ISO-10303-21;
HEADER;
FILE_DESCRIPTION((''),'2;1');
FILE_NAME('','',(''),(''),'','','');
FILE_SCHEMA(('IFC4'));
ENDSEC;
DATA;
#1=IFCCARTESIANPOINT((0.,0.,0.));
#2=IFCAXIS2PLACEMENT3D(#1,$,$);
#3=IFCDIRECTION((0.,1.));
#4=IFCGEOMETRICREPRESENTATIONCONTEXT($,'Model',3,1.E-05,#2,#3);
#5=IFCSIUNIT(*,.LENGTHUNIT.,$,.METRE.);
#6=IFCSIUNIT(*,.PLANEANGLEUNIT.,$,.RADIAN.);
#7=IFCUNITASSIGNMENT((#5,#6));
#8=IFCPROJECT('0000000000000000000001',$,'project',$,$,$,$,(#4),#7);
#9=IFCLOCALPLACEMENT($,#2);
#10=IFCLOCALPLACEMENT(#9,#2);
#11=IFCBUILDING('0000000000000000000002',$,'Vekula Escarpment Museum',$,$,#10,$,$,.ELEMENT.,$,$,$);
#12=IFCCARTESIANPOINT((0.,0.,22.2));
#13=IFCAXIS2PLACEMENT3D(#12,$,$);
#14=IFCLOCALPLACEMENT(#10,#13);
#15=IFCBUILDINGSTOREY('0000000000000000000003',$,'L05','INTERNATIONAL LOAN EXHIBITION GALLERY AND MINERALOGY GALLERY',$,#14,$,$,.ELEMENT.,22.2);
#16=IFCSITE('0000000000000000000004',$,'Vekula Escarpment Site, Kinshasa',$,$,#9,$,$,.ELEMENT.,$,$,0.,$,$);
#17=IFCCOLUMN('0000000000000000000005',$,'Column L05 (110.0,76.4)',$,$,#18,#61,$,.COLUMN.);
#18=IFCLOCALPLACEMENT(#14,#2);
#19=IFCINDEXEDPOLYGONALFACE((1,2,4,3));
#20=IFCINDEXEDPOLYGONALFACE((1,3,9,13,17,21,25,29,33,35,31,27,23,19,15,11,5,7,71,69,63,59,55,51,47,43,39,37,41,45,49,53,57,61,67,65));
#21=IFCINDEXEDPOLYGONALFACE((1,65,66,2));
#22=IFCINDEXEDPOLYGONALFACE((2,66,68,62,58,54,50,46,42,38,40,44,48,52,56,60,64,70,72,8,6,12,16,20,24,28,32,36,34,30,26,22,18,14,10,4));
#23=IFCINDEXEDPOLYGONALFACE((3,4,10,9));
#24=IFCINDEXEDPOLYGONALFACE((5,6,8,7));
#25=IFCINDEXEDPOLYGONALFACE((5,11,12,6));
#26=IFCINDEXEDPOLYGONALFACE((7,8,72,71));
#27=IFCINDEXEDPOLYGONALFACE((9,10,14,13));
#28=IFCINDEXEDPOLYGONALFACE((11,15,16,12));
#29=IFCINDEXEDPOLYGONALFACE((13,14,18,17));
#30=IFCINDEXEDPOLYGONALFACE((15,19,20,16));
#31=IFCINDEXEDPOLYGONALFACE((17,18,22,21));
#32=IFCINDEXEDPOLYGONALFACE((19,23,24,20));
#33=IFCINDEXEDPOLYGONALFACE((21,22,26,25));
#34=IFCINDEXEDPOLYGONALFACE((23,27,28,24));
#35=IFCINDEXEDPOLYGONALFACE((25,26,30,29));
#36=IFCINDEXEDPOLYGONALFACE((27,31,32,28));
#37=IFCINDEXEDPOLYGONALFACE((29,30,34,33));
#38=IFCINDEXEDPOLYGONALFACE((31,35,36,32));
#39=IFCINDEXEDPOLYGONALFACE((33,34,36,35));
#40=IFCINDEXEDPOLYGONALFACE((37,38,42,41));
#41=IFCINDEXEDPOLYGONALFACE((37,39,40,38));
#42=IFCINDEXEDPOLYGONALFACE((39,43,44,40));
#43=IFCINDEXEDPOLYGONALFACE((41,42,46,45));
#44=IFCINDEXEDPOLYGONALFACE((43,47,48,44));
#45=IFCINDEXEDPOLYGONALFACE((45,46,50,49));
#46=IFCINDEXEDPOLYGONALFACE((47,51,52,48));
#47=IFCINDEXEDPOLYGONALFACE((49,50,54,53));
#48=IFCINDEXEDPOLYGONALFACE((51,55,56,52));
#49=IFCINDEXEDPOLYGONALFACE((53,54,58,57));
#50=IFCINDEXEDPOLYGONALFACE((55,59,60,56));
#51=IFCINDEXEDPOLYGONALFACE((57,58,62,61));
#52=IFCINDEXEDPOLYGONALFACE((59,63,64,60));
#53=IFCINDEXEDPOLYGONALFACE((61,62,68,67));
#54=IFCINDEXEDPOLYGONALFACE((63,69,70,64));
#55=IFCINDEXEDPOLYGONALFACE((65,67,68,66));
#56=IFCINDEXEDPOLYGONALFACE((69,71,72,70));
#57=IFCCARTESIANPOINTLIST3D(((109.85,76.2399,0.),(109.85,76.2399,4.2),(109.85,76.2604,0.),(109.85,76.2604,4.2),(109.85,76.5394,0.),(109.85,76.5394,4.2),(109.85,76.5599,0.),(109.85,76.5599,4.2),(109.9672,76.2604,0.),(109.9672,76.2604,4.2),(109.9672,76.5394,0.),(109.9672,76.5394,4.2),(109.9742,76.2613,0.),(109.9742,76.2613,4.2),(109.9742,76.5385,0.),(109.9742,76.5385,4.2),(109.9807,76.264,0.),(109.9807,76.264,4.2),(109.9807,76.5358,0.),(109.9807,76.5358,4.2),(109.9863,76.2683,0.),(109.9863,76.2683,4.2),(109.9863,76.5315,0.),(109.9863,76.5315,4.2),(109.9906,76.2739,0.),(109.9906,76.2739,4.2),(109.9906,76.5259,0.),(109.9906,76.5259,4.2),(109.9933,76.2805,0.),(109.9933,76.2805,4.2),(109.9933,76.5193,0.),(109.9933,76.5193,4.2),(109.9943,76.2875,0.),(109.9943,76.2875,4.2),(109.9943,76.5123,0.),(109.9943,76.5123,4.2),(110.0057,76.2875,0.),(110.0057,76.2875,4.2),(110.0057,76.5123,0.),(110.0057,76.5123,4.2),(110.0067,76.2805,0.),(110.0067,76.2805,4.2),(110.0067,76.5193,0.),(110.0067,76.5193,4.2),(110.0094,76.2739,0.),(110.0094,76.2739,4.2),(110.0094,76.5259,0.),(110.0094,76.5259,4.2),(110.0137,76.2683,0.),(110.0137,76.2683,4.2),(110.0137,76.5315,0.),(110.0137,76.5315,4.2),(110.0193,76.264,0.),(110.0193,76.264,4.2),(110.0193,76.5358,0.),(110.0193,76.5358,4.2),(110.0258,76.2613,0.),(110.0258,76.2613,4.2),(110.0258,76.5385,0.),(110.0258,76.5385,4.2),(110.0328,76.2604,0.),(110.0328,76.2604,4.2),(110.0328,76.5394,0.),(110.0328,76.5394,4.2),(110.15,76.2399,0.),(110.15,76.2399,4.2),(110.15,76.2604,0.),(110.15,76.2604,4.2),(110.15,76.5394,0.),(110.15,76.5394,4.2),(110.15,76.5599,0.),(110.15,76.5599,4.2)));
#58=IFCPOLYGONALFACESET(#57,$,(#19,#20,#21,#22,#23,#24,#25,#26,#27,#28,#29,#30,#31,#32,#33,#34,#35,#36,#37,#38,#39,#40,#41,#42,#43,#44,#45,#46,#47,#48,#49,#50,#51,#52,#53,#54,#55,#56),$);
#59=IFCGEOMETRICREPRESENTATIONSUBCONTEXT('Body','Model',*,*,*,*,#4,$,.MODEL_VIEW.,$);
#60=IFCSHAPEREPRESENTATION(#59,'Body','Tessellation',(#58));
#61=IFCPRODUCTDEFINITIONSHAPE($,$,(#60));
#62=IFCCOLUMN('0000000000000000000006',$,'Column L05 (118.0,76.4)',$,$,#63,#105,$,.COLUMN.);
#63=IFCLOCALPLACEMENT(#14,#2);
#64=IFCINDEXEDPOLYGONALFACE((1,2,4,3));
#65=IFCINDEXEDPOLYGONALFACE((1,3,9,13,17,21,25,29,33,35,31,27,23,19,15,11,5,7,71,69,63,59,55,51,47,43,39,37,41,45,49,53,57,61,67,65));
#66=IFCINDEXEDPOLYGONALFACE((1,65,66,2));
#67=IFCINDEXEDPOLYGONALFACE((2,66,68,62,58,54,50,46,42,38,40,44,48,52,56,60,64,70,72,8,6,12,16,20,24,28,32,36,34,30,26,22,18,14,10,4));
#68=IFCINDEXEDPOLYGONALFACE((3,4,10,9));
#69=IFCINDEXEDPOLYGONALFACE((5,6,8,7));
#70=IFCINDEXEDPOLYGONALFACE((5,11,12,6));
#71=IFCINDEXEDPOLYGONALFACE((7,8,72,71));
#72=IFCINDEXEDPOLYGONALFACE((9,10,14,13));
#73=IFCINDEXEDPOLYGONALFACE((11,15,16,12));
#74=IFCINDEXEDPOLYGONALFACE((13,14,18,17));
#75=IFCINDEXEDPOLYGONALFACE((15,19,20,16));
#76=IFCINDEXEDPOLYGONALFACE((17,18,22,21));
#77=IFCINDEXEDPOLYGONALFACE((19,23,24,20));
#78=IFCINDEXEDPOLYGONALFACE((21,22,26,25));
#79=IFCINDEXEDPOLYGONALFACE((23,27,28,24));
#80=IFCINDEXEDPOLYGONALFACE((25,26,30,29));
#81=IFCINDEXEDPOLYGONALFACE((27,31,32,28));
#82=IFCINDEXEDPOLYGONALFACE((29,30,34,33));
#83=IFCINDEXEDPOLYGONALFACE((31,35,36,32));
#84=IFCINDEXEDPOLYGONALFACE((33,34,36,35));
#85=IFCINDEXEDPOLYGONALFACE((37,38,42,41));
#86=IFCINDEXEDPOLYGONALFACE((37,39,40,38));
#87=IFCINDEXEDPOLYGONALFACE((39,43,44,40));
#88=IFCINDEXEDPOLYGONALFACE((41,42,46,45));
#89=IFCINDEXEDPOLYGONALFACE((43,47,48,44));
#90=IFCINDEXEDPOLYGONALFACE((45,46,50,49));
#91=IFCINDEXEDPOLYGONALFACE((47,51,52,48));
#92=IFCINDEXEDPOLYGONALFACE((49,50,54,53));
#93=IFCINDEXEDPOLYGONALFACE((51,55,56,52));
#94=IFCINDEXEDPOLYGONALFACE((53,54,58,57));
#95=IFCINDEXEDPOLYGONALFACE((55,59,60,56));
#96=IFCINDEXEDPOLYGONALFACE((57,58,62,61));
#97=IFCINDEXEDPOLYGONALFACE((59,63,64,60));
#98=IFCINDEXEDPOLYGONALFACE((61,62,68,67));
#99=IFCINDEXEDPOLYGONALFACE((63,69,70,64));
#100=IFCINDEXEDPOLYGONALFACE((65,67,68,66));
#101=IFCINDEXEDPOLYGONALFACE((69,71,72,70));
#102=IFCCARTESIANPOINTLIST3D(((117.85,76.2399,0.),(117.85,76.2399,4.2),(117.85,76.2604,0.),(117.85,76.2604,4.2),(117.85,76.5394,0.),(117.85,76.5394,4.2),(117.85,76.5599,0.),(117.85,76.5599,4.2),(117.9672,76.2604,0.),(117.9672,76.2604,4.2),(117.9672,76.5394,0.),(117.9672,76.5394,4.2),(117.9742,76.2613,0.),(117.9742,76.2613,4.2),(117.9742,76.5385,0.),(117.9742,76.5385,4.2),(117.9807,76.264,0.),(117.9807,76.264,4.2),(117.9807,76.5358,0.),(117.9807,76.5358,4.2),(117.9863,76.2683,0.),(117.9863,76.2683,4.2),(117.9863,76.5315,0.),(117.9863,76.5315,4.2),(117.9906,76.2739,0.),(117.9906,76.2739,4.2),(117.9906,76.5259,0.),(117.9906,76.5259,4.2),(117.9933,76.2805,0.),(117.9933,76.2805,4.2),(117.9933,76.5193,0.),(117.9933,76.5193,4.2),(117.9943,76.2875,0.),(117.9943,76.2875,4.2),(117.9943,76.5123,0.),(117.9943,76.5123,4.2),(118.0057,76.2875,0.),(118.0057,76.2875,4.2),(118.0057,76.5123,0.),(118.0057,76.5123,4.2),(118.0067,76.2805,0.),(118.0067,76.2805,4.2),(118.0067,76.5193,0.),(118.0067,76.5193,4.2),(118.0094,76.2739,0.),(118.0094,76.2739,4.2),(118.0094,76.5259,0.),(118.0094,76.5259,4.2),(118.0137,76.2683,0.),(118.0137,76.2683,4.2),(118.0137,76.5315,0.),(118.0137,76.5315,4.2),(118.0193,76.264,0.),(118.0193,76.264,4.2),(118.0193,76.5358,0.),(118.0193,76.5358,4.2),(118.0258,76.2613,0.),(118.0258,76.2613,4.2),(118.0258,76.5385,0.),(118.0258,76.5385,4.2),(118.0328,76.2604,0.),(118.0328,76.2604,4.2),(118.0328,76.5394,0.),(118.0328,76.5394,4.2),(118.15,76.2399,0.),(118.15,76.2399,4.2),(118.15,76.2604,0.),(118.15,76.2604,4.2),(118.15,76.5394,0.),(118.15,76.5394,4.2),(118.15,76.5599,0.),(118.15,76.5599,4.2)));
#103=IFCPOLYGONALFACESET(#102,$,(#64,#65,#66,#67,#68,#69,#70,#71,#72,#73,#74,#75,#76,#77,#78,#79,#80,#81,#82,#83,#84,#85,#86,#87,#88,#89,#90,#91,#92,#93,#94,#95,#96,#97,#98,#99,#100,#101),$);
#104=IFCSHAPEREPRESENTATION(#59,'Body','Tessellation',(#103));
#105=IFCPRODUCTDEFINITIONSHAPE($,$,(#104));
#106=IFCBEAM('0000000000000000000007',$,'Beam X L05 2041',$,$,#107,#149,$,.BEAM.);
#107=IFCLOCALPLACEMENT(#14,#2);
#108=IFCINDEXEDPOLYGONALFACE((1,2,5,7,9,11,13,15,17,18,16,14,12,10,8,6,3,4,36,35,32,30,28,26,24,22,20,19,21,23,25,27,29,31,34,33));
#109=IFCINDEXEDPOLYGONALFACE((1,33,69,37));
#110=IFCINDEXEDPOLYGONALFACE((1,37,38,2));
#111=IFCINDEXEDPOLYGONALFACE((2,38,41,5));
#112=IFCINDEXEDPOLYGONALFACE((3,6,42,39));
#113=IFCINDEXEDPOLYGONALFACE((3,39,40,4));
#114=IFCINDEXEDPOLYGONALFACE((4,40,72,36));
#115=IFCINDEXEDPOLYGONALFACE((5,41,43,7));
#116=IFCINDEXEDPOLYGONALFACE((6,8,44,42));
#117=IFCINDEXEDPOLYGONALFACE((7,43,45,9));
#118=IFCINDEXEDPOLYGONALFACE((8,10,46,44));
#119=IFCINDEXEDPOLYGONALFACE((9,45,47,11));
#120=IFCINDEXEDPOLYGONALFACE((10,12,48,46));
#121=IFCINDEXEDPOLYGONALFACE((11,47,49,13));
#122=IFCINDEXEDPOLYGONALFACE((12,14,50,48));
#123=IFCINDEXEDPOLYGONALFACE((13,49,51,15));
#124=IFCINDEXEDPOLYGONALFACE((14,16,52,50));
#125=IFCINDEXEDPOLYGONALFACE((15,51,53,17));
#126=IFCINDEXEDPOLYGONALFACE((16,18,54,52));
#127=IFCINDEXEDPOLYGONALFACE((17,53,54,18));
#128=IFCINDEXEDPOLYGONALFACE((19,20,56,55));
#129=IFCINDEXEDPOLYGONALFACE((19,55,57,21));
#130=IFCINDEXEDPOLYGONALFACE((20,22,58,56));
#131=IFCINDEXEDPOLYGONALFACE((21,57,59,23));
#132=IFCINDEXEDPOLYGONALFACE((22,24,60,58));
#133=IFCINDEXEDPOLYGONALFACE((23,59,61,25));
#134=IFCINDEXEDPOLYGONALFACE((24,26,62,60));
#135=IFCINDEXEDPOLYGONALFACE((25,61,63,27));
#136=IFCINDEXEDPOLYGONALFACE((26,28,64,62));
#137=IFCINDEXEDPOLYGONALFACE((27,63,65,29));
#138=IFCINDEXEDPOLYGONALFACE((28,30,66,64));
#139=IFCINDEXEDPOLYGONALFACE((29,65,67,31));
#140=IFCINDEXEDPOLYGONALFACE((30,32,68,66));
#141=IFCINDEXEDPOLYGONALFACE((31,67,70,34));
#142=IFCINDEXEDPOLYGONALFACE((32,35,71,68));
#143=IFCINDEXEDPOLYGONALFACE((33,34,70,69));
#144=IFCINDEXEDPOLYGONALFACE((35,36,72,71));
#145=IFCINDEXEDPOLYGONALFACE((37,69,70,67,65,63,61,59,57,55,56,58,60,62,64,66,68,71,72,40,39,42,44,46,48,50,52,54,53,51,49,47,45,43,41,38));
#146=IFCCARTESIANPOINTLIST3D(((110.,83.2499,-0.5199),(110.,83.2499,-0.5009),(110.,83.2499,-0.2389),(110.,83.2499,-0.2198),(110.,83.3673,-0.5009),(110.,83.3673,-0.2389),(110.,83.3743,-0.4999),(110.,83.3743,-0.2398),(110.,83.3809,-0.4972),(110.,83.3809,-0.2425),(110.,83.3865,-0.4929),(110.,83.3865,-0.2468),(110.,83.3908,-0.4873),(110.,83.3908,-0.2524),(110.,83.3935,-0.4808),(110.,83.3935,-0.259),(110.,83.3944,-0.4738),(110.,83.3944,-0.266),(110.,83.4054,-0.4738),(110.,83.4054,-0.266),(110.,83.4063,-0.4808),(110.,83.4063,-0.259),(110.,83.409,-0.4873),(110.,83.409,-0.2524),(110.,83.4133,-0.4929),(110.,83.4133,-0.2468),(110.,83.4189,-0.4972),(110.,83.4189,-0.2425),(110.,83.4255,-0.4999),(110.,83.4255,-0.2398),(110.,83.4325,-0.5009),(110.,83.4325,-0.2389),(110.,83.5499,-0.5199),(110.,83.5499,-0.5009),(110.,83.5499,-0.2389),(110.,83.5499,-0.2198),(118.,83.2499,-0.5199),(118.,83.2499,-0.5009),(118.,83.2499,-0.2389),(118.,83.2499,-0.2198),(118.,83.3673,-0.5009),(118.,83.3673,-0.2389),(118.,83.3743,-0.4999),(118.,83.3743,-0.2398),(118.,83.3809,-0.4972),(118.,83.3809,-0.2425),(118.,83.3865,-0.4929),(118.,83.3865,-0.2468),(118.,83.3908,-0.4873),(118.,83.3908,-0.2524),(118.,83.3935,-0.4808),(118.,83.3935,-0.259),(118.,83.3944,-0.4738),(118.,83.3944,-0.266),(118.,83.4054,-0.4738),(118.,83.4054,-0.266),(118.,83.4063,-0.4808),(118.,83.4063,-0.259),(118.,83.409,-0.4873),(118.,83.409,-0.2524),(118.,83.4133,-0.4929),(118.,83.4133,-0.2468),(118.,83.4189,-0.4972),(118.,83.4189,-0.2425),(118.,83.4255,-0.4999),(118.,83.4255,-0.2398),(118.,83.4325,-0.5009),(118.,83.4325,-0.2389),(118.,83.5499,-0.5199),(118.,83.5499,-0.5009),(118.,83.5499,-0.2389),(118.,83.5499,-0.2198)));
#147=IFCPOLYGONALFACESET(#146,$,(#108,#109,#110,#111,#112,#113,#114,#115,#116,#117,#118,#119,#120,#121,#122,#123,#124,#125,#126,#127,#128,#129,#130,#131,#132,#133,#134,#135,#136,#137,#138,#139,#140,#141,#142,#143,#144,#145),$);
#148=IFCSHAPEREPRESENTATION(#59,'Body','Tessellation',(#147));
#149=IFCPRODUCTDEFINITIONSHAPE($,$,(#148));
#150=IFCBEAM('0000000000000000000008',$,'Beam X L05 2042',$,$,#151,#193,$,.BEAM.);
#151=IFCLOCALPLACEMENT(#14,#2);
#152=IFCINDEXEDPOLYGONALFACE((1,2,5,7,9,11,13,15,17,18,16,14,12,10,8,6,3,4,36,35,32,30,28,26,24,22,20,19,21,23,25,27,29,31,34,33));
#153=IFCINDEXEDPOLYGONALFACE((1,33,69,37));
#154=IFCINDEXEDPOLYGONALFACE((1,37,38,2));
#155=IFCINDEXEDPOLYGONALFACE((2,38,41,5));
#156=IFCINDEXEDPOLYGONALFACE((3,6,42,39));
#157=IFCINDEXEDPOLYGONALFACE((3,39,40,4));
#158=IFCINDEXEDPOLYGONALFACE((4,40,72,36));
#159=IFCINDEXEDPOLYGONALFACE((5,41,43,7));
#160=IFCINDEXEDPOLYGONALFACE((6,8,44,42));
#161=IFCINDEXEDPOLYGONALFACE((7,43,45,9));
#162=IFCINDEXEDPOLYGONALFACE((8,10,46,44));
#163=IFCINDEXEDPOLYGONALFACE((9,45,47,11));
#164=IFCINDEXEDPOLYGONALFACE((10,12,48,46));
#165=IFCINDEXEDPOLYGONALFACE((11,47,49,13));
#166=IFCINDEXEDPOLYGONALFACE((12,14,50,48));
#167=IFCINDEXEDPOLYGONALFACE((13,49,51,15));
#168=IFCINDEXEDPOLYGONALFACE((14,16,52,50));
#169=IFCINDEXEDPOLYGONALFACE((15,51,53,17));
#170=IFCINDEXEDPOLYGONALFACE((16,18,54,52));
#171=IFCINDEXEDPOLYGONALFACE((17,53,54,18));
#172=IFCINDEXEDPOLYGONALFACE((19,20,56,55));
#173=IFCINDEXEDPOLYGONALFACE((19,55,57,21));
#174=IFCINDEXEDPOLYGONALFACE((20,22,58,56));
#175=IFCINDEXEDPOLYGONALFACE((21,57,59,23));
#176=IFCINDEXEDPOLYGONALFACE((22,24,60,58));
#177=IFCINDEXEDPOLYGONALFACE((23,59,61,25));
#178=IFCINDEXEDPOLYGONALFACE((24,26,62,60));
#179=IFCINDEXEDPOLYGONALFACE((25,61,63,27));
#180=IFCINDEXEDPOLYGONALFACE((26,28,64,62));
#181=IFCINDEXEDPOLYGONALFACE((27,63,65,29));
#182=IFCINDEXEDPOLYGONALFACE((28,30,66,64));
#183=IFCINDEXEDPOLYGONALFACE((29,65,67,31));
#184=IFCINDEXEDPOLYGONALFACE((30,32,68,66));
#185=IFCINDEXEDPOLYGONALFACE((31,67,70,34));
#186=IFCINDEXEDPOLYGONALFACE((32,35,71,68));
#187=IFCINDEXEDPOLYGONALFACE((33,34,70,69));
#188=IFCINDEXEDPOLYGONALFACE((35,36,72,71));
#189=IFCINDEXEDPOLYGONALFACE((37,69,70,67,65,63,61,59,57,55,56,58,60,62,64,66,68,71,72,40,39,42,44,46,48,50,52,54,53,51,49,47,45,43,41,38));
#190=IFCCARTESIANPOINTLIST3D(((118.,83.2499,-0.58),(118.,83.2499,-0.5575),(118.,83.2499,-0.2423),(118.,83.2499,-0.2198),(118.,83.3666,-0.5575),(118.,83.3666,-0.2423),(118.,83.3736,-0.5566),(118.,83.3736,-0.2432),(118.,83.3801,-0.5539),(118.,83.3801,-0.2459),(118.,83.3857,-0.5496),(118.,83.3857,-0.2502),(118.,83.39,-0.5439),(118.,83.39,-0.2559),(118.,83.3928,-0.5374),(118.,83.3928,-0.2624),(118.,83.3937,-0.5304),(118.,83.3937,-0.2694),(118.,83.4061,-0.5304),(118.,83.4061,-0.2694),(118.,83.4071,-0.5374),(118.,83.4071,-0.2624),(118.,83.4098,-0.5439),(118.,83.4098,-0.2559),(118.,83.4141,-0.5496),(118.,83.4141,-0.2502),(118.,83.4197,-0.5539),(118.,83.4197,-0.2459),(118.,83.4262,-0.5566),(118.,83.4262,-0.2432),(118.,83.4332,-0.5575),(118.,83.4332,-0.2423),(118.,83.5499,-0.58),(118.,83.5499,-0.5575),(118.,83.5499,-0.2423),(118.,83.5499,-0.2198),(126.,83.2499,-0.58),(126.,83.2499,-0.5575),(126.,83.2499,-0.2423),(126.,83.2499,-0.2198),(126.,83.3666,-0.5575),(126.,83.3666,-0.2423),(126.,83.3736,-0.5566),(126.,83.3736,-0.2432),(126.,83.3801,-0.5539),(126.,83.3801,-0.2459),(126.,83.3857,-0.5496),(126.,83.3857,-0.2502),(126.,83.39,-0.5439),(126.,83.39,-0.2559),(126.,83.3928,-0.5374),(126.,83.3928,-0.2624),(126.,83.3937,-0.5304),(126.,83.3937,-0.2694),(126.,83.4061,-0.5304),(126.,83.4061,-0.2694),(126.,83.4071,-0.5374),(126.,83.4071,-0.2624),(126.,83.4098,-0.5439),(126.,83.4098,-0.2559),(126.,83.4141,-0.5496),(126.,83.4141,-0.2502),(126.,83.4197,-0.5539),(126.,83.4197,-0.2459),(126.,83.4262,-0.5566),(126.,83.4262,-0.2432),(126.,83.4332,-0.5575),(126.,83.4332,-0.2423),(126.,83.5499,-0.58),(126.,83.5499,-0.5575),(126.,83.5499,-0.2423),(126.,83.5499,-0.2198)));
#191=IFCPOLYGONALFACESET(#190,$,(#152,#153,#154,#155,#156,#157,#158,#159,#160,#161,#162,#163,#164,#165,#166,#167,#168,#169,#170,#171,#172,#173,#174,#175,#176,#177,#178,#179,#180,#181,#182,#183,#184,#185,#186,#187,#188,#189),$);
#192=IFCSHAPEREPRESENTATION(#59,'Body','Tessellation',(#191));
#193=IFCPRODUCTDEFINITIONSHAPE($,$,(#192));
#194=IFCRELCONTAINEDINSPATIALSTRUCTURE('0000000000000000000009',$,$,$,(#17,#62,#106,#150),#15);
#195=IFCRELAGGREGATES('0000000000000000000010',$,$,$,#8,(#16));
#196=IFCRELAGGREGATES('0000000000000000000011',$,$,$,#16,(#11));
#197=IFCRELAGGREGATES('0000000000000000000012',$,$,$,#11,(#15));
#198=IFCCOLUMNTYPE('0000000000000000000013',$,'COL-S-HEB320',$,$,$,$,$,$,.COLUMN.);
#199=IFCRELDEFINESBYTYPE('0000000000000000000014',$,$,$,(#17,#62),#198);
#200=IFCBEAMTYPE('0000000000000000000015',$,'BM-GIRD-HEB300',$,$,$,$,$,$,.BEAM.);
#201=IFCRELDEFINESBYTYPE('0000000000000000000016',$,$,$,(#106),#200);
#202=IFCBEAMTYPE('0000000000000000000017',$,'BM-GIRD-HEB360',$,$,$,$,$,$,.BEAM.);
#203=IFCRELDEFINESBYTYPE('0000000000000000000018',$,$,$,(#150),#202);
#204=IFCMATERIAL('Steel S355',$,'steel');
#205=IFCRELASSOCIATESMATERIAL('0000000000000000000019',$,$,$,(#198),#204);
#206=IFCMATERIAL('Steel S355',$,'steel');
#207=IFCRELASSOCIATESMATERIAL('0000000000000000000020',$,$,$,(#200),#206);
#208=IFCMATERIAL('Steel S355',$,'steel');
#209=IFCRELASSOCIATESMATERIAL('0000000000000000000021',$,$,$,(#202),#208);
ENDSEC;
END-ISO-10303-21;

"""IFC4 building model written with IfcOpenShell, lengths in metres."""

from ifc_helpers import new_model, si_unit, direction, frame, origin, origin_2d, place, context, subcontext, project, spatial, i_section, extrude, material, material_profile, profile_set, type_object, element, save


model = new_model("IFC4")

# Units and contexts
model_context = context("Model", 3, precision=1e-05, world=origin(), true_north=direction((0.0, 1.0)))
body_context = subcontext(model_context, "Body", "Model", "MODEL_VIEW")
ifc_project = project(units=[si_unit("LENGTHUNIT", "METRE"), si_unit("PLANEANGLEUNIT", "RADIAN")], contexts=[model_context])

# Site, building, storey
site_placement = place(None, origin())
site = spatial("IfcSite", under=ifc_project, at=site_placement, Name="Vekula Escarpment Site, Kinshasa", CompositionType="ELEMENT", RefElevation=0.0)
building_placement = place(site_placement, origin())
building = spatial("IfcBuilding", under=site, at=building_placement, Name="Vekula Escarpment Museum", CompositionType="ELEMENT")
storey_placement = place(building_placement, frame((0.0, 0.0, 22.2)))
storey = spatial("IfcBuildingStorey", under=building, at=storey_placement, Name="L05", Description="INTERNATIONAL LOAN EXHIBITION GALLERY AND MINERALOGY GALLERY", CompositionType="ELEMENT", Elevation=22.2)

# Columns
ifc_material_1 = material(Name="Steel S355", Category="steel")
ifc_material_profile_1 = material_profile(ifc_material_1, i_section(OverallWidth=0.3, OverallDepth=0.3201, WebThickness=0.0115, FlangeThickness=0.0205, FilletRadius=0.0271, at=origin_2d()), Name="HEB 320")
ifc_profile_set_1 = profile_set([ifc_material_profile_1], Name="Steel S355")
column_type = type_object("IfcColumnType", Name="COL-S-HEB320", PredefinedType="COLUMN", material=ifc_profile_set_1)
for number, where, z_axis, x_axis, name in (
    (1, (110.0, 76.3999, 0.0), (0.0, 0.0, 1.0), (1.0, 0.0, 0.0), "Column L05 (110.0,76.4)"),
    (2, (118.0, 76.3999, 0.0), (0.0, 0.0, 1.0), (1.0, 0.0, 0.0), "Column L05 (118.0,76.4)"),
):
    element("IfcColumn", number, at=place(storey_placement, frame(where, z_axis=z_axis, x_axis=x_axis)), inside=storey, type_object=column_type, Name=name, PredefinedType="COLUMN", context=body_context, shape_type="SweptSolid", body=[
        extrude(i_section(OverallWidth=0.3, OverallDepth=0.3201, WebThickness=0.0115, FlangeThickness=0.0205, FilletRadius=0.0271, at=origin_2d()), origin(), (0.0, 0.0, 1.0), 4.2),
    ])

# Beams
ifc_material_2 = material(Name="Steel S355", Category="steel")
ifc_material_profile_2 = material_profile(ifc_material_2, i_section(OverallWidth=0.3, OverallDepth=0.3, WebThickness=0.011, FlangeThickness=0.019, FilletRadius=0.0271, at=origin_2d()), Name="HEB 300")
ifc_profile_set_2 = profile_set([ifc_material_profile_2], Name="Steel S355")
beam_type_1 = type_object("IfcBeamType", Name="BM-GIRD-HEB300", PredefinedType="BEAM", material=ifc_profile_set_2)
beam_1_placement = place(storey_placement, frame((110.0, 83.3999, -0.3699), z_axis=(1.0, 0.0, 0.0), x_axis=(0.0, 1.0, 0.0)))
element("IfcBeam", 3, at=beam_1_placement, inside=storey, type_object=beam_type_1, Name="Beam X L05 2041", PredefinedType="BEAM", context=body_context, shape_type="SweptSolid", body=[
    extrude(i_section(OverallWidth=0.3, OverallDepth=0.3, WebThickness=0.011, FlangeThickness=0.019, FilletRadius=0.0271, at=origin_2d()), origin(), (0.0, 0.0, 1.0), 8.0),
])
ifc_material_3 = material(Name="Steel S355", Category="steel")
ifc_material_profile_3 = material_profile(ifc_material_3, i_section(OverallWidth=0.3, OverallDepth=0.3601, WebThickness=0.0125, FlangeThickness=0.0225, FilletRadius=0.0271, at=origin_2d()), Name="HEB 360")
ifc_profile_set_3 = profile_set([ifc_material_profile_3], Name="Steel S355")
beam_type_2 = type_object("IfcBeamType", Name="BM-GIRD-HEB360", PredefinedType="BEAM", material=ifc_profile_set_3)
beam_2_placement = place(storey_placement, frame((118.0, 83.3999, -0.3999), z_axis=(1.0, 0.0, 0.0), x_axis=(0.0, 1.0, 0.0)))
element("IfcBeam", 4, at=beam_2_placement, inside=storey, type_object=beam_type_2, Name="Beam X L05 2042", PredefinedType="BEAM", context=body_context, shape_type="SweptSolid", body=[
    extrude(i_section(OverallWidth=0.3, OverallDepth=0.3601, WebThickness=0.0125, FlangeThickness=0.0225, FilletRadius=0.0271, at=origin_2d()), origin(), (0.0, 0.0, 1.0), 8.0),
])

save(model, "model.ifc")
